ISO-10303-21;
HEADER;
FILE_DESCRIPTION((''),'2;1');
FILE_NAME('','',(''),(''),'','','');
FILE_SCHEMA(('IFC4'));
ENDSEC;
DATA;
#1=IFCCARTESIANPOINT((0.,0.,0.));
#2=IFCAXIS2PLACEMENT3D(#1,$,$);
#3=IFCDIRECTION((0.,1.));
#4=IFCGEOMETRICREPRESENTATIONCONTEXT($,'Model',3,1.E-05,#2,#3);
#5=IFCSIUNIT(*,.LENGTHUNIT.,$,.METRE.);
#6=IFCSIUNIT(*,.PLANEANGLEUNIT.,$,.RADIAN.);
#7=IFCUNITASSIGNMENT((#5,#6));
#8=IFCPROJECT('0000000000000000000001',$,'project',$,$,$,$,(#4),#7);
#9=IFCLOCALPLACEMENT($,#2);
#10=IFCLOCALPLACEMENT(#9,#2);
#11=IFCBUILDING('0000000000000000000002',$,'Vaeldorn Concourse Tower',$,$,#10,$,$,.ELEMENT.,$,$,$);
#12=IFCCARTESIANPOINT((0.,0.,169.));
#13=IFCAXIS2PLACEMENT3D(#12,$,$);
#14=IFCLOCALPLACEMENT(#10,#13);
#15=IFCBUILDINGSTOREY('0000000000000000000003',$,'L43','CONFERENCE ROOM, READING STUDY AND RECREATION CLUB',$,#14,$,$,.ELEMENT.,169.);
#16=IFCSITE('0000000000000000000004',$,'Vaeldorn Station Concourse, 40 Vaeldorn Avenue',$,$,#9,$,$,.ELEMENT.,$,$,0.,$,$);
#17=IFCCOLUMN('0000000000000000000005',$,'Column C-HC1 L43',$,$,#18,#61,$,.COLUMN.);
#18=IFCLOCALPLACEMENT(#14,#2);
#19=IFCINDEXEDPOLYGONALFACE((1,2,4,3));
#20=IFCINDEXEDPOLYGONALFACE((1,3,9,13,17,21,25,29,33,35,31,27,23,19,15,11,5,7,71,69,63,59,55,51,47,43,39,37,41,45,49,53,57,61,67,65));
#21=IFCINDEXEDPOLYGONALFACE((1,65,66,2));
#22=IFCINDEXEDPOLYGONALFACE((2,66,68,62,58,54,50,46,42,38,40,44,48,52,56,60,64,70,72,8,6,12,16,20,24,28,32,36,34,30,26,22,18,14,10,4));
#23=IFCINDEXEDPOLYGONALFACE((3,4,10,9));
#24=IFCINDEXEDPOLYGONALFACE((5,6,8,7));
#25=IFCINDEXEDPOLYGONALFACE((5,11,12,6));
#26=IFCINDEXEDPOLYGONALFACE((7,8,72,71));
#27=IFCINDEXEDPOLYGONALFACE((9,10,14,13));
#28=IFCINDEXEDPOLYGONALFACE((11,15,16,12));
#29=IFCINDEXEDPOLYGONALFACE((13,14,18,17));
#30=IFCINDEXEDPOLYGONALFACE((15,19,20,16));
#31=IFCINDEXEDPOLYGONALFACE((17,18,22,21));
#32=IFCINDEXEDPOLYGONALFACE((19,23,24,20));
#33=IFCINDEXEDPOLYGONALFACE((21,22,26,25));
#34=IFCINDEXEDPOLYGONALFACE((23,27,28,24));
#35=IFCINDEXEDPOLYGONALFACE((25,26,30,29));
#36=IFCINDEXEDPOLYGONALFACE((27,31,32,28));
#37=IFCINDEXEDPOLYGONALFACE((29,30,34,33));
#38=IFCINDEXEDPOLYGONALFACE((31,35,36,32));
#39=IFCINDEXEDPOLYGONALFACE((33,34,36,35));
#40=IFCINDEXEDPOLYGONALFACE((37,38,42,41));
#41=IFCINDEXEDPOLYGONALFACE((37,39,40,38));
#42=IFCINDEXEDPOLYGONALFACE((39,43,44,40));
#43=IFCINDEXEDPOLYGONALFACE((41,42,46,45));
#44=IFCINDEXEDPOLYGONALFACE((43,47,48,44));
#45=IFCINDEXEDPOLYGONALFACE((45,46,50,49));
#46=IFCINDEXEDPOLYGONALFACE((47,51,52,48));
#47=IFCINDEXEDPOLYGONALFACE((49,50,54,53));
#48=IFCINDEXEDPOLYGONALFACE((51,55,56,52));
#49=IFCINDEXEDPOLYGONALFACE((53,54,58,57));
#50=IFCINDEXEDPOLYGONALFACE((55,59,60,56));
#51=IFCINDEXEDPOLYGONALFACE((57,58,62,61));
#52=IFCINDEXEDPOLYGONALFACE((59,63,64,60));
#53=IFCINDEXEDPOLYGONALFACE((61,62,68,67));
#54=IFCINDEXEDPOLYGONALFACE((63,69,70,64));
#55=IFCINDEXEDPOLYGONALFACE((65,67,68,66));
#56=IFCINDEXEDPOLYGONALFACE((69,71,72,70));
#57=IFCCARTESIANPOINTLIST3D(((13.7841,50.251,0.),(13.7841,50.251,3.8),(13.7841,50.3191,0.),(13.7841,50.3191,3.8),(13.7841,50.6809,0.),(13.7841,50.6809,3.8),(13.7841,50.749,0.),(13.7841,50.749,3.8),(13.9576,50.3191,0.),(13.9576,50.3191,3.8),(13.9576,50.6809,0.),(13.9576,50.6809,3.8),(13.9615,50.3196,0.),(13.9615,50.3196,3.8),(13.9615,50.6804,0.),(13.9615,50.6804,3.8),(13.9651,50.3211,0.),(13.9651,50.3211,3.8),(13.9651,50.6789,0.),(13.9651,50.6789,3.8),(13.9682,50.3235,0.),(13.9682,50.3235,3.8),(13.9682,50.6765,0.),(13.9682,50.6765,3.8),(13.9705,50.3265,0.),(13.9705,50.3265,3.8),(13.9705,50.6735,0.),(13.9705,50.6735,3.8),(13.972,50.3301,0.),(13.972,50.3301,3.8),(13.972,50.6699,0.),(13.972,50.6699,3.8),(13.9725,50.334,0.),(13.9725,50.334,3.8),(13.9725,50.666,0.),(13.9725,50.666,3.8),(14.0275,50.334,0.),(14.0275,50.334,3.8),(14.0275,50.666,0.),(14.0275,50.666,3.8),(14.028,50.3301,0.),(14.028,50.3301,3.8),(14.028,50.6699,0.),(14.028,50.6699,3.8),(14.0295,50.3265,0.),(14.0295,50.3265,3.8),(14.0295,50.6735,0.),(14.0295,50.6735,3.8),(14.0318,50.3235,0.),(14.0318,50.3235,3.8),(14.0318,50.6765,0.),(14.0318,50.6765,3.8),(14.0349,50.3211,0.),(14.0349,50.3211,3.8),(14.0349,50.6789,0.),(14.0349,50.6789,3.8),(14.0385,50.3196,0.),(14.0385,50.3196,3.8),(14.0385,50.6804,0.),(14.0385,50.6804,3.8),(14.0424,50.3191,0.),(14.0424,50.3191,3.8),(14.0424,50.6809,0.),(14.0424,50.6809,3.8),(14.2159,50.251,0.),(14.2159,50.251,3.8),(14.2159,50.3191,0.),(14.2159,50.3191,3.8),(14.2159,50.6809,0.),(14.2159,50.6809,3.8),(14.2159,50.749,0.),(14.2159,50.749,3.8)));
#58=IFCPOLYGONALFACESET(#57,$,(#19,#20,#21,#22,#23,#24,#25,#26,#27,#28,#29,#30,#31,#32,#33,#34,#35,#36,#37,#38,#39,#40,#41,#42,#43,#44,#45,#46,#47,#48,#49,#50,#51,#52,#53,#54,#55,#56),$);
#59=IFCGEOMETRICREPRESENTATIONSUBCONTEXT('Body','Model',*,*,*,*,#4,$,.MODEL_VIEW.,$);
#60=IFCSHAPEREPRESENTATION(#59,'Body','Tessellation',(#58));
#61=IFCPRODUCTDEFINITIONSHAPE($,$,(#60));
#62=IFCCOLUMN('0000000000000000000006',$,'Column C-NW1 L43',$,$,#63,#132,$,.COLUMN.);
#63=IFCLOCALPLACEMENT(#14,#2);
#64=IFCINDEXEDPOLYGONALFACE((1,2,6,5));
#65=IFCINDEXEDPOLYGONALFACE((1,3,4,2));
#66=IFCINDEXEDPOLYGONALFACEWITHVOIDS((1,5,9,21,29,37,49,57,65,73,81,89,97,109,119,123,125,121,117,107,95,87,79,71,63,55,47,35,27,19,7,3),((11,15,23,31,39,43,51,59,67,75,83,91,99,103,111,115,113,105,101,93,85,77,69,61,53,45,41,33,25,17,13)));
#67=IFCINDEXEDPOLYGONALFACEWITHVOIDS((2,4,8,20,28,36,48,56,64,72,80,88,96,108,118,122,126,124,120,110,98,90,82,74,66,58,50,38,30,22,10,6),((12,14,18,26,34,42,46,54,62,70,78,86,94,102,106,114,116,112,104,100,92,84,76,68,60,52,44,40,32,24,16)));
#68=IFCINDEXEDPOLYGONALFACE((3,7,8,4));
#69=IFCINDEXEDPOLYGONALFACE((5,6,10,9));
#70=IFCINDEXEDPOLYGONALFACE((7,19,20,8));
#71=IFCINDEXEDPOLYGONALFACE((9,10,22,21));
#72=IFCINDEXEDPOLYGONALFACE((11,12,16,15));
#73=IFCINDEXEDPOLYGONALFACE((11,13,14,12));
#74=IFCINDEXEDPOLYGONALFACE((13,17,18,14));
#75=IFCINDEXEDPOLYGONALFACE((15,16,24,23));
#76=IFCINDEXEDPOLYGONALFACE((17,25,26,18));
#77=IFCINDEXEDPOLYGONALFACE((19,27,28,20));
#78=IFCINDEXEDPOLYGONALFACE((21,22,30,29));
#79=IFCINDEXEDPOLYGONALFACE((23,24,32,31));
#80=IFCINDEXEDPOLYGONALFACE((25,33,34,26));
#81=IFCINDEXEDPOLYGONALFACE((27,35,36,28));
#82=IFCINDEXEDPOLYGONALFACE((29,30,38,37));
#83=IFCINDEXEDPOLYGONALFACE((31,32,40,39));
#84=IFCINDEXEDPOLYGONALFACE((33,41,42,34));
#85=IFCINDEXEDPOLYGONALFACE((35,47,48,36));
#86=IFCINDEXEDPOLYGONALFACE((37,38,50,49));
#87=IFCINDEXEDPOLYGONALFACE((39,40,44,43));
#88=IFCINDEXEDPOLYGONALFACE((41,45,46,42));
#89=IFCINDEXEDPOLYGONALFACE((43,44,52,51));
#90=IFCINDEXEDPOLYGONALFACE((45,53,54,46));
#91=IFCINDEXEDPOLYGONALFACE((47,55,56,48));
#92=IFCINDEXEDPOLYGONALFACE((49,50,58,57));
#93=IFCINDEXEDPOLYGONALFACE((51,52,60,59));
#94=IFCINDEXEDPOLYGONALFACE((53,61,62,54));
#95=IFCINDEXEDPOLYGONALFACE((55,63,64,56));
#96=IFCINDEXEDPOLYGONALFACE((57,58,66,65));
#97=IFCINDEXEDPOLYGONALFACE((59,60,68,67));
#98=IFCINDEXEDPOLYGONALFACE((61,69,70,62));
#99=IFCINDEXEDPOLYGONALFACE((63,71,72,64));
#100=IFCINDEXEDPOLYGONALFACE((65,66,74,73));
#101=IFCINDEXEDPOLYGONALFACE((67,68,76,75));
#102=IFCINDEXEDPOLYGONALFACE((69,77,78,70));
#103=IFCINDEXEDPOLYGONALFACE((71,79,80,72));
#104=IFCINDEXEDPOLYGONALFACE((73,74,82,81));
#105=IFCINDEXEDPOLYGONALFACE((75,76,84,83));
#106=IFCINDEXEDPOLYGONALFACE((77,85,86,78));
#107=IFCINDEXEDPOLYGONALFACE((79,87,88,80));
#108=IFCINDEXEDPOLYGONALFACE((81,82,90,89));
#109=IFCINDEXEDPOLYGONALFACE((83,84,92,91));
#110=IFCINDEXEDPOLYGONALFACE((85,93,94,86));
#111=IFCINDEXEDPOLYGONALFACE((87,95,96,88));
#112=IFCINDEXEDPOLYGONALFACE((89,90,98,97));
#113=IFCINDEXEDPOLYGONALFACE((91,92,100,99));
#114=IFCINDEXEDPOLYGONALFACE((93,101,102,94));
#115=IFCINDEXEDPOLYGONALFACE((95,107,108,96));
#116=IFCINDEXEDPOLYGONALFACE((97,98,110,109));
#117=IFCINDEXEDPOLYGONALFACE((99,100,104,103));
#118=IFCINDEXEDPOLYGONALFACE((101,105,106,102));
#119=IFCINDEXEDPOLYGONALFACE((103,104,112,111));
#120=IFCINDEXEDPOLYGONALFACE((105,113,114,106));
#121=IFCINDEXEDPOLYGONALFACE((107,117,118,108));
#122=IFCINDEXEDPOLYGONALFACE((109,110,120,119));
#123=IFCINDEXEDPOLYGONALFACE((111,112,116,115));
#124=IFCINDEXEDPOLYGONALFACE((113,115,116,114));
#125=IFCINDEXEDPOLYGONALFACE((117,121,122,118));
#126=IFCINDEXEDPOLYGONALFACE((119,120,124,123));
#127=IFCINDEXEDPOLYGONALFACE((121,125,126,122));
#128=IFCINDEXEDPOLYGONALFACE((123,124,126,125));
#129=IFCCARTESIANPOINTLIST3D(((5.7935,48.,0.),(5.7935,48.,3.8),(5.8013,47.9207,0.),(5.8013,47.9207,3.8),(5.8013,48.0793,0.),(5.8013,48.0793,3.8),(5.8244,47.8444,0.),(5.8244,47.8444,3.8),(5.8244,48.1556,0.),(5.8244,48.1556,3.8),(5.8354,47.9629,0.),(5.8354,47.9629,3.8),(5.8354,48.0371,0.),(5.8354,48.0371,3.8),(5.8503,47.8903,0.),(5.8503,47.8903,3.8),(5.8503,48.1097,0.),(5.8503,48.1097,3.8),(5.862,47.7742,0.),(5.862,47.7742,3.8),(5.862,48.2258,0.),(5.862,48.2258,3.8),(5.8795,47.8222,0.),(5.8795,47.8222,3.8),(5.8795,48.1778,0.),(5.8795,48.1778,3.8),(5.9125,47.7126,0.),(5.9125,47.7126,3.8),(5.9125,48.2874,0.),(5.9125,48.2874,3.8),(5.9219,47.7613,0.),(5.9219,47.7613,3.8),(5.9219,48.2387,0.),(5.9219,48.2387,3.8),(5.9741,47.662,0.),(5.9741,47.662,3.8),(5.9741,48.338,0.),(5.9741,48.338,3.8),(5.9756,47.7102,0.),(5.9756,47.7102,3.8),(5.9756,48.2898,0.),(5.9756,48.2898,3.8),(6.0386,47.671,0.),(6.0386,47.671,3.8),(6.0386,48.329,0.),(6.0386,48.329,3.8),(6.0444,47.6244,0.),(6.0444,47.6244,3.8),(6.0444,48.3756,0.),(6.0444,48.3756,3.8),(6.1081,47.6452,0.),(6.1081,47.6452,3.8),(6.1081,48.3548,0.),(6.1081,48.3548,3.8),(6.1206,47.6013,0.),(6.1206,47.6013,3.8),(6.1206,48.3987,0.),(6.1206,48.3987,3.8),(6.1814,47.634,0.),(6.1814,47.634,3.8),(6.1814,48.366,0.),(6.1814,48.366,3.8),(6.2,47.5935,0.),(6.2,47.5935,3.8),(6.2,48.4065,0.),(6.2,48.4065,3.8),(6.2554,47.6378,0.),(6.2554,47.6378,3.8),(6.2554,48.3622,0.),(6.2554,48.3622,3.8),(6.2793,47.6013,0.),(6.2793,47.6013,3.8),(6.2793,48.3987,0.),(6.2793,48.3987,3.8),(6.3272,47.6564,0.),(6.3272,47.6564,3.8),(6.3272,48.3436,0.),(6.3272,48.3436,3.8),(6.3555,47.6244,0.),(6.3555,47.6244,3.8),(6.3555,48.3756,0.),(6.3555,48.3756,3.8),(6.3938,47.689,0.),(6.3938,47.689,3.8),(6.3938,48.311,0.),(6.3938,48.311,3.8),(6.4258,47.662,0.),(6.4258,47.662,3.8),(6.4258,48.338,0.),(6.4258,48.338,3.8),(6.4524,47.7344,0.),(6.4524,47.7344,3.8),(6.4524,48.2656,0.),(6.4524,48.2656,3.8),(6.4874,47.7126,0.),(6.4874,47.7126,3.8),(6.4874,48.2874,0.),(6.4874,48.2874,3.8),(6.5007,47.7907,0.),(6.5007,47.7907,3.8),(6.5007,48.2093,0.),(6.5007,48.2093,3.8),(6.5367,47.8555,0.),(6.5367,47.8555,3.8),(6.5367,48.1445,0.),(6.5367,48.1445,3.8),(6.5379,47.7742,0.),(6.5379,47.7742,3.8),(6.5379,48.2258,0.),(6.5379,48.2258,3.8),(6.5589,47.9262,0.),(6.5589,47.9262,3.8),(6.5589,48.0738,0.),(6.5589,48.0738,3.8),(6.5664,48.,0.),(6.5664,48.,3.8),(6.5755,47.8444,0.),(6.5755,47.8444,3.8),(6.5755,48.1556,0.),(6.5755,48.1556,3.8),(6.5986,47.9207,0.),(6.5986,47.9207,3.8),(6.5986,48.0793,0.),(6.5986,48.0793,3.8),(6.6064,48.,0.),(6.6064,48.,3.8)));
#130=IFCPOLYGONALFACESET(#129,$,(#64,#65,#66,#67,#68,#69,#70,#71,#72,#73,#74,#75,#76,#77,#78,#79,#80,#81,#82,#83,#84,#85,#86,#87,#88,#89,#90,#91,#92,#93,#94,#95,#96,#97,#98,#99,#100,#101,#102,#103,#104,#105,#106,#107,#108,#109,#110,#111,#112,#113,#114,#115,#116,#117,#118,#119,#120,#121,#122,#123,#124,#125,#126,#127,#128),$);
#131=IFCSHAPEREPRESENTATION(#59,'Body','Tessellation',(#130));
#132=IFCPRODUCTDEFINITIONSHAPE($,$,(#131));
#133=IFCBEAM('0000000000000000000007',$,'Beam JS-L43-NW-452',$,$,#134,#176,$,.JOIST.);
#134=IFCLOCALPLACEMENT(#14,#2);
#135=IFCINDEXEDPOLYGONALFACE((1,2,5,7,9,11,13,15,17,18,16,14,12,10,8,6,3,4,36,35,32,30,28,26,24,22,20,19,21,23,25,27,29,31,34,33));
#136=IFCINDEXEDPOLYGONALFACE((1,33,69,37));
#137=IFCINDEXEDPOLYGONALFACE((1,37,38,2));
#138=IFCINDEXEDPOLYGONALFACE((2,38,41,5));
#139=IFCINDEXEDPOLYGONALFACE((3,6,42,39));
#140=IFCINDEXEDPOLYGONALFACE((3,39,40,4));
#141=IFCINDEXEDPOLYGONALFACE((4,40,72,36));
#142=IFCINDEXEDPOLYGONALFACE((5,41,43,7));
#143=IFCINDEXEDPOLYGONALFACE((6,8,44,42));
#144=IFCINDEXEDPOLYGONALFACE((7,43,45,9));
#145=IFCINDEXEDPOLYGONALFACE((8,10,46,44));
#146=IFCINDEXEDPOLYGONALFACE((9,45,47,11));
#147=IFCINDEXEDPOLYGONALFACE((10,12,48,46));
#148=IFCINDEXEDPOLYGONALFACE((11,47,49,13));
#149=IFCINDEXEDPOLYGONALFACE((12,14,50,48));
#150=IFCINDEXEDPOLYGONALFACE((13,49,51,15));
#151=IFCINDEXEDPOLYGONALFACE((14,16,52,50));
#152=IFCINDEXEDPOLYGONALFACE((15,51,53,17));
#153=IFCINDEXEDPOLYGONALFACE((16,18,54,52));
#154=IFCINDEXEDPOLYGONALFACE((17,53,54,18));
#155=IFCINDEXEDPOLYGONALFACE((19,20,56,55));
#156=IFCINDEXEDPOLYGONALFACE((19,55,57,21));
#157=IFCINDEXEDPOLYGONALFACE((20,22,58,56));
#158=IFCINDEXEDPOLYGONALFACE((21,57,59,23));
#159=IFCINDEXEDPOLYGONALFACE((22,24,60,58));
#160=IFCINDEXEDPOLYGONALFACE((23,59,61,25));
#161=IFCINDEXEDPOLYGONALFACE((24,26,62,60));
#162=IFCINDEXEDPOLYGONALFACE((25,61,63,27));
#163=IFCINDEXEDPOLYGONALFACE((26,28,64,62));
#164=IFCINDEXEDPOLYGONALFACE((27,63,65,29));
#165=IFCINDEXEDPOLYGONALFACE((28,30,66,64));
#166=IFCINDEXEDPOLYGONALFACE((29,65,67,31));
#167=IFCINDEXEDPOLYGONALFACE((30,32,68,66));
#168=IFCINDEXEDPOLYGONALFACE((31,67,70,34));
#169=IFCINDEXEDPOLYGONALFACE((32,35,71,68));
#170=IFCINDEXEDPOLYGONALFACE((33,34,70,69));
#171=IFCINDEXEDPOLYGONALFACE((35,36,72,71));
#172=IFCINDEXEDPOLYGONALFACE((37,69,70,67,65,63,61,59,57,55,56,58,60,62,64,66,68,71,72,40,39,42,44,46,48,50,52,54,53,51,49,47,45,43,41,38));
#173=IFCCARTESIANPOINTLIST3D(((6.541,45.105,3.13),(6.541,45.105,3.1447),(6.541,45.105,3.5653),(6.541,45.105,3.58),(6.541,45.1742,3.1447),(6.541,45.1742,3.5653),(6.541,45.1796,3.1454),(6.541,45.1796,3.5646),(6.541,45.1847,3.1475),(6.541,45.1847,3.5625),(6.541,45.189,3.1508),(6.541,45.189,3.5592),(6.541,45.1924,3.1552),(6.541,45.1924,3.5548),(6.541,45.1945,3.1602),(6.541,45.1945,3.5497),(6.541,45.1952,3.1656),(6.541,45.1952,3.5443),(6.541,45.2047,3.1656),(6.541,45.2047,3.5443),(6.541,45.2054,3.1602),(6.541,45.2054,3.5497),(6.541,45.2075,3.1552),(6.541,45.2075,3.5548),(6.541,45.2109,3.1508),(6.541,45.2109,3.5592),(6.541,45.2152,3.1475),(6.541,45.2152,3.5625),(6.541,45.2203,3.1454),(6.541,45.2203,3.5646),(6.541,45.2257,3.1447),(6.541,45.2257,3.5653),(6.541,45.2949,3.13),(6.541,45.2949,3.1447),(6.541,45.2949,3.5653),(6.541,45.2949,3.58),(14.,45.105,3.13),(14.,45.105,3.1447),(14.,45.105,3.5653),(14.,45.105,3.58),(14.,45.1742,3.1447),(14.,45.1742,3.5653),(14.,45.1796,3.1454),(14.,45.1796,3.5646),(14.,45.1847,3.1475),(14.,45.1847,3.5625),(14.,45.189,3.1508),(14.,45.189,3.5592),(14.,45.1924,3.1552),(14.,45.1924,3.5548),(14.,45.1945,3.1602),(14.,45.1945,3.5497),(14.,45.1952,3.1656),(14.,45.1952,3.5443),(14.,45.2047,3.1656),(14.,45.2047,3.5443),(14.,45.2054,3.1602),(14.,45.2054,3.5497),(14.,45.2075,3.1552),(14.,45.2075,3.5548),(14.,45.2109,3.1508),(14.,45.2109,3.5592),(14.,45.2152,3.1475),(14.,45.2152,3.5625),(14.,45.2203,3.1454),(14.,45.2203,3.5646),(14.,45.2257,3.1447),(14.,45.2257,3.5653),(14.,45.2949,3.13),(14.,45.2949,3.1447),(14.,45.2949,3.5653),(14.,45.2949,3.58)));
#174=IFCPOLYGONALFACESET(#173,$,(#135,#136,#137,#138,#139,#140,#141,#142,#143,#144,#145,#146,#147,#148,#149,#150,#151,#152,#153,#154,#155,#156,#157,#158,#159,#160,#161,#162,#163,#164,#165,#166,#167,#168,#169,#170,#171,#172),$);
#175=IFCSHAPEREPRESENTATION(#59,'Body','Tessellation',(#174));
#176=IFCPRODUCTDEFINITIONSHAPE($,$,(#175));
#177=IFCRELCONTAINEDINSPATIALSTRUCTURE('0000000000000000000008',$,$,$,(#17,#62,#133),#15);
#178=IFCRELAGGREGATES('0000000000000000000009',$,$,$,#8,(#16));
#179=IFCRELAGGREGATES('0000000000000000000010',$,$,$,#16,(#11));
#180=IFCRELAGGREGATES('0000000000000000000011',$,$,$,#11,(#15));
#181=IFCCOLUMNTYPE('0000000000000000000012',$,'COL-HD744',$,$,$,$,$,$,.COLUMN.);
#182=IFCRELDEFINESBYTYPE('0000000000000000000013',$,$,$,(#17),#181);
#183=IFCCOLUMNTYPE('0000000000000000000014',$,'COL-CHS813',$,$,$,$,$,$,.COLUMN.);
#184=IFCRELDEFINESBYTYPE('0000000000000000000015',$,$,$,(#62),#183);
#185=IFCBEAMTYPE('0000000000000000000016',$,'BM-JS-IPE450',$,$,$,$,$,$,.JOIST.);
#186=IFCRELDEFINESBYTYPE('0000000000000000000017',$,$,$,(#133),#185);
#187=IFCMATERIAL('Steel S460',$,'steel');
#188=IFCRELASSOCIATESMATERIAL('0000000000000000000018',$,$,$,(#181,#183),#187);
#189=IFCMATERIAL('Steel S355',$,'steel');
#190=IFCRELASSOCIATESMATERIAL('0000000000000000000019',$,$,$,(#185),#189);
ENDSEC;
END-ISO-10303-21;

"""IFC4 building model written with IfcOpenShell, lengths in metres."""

from ifc_helpers import new_model, si_unit, direction, frame, origin, origin_2d, place, context, subcontext, project, spatial, hollow_circle, i_section, extrude, source, transform, mapped, material, material_profile, profile_set, type_object, element, save


model = new_model("IFC4")

# Units and contexts
model_context = context("Model", 3, precision=1e-05, world=origin(), true_north=direction((0.0, 1.0)))
body_context = subcontext(model_context, "Body", "Model", "MODEL_VIEW")
ifc_project = project(units=[si_unit("LENGTHUNIT", "METRE"), si_unit("PLANEANGLEUNIT", "RADIAN")], contexts=[model_context])

# Site, building, storey
site_placement = place(None, origin())
site = spatial("IfcSite", under=ifc_project, at=site_placement, Name="Vaeldorn Station Concourse, 40 Vaeldorn Avenue", CompositionType="ELEMENT", RefElevation=0.0)
building_placement = place(site_placement, origin())
building = spatial("IfcBuilding", under=site, at=building_placement, Name="Vaeldorn Concourse Tower", CompositionType="ELEMENT")
storey_placement = place(building_placement, frame((0.0, 0.0, 169.0)))
storey = spatial("IfcBuildingStorey", under=building, at=storey_placement, Name="L43", Description="CONFERENCE ROOM, READING STUDY AND RECREATION CLUB", CompositionType="ELEMENT", Elevation=169.0)

# Columns
ifc_material_1 = material(Name="Steel S460", Category="steel")
ifc_material_profile_1 = material_profile(ifc_material_1, i_section(OverallWidth=0.4319, OverallDepth=0.498, WebThickness=0.0549, FlangeThickness=0.0681, FilletRadius=0.0149, at=origin_2d()), Name="HD 400x744")
ifc_profile_set_1 = profile_set([ifc_material_profile_1], Name="Steel S460")
column_type_1 = type_object("IfcColumnType", Name="COL-HD744", PredefinedType="COLUMN", material=ifc_profile_set_1)
shared_shape_1 = source(origin(), body_context, "Body", "SweptSolid", [
    extrude(i_section(OverallWidth=0.4319, OverallDepth=0.498, WebThickness=0.0549, FlangeThickness=0.0681, FilletRadius=0.0149, at=origin_2d()), origin(), (0.0, 0.0, 1.0), 3.8),
])
column_1_placement = place(storey_placement, frame((14.0, 50.5, 0.0), z_axis=(0.0, 0.0, 1.0), x_axis=(1.0, 0.0, 0.0)))
element("IfcColumn", 1, at=column_1_placement, inside=storey, type_object=column_type_1, Name="Column C-HC1 L43", PredefinedType="COLUMN", context=body_context, shape_type="MappedRepresentation", body=[
    mapped(shared_shape_1, transform((0.0, 0.0, 0.0), scale=1.0)),
])
ifc_material_profile_2 = material_profile(ifc_material_1, hollow_circle(Radius=0.4065, WallThickness=0.04, at=origin_2d()), Name="CHS 813x40")
ifc_profile_set_2 = profile_set([ifc_material_profile_2], Name="Steel S460")
column_type_2 = type_object("IfcColumnType", Name="COL-CHS813", PredefinedType="COLUMN", material=ifc_profile_set_2)
shared_shape_2 = source(origin(), body_context, "Body", "SweptSolid", [
    extrude(hollow_circle(Radius=0.4065, WallThickness=0.04, at=origin_2d()), origin(), (0.0, 0.0, 1.0), 3.8),
])
column_2_placement = place(storey_placement, frame((6.2, 48.0, 0.0), z_axis=(0.0, 0.0, 1.0), x_axis=(1.0, 0.0, 0.0)))
element("IfcColumn", 2, at=column_2_placement, inside=storey, type_object=column_type_2, Name="Column C-NW1 L43", PredefinedType="COLUMN", context=body_context, shape_type="MappedRepresentation", body=[
    mapped(shared_shape_2, transform((0.0, 0.0, 0.0), scale=1.0)),
])

# Beam
ifc_material_2 = material(Name="Steel S355", Category="steel")
ifc_material_profile_3 = material_profile(ifc_material_2, i_section(OverallWidth=0.1899, OverallDepth=0.45, WebThickness=0.0095, FlangeThickness=0.0146, FilletRadius=0.021, at=origin_2d()), Name="IPE 450")
ifc_profile_set_3 = profile_set([ifc_material_profile_3], Name="Steel S355")
beam_type_1 = type_object("IfcBeamType", Name="BM-JS-IPE450", PredefinedType="JOIST", material=ifc_profile_set_3)
shared_shape_3 = source(origin(), body_context, "Body", "SweptSolid", [
    extrude(i_section(OverallWidth=0.1899, OverallDepth=0.45, WebThickness=0.0095, FlangeThickness=0.0146, FilletRadius=0.021, at=origin_2d()), origin(), (0.0, 0.0, 1.0), 7.459),
])
beam_1_placement = place(storey_placement, frame((6.541, 45.2, 3.355), z_axis=(1.0, 0.0, 0.0), x_axis=(0.0, 1.0, 0.0)))
element("IfcBeam", 3, at=beam_1_placement, inside=storey, type_object=beam_type_1, Name="Beam JS-L43-NW-452", PredefinedType="JOIST", context=body_context, shape_type="MappedRepresentation", body=[
    mapped(shared_shape_3, transform((0.0, 0.0, 0.0), scale=1.0)),
])

save(model, "model.ifc")
